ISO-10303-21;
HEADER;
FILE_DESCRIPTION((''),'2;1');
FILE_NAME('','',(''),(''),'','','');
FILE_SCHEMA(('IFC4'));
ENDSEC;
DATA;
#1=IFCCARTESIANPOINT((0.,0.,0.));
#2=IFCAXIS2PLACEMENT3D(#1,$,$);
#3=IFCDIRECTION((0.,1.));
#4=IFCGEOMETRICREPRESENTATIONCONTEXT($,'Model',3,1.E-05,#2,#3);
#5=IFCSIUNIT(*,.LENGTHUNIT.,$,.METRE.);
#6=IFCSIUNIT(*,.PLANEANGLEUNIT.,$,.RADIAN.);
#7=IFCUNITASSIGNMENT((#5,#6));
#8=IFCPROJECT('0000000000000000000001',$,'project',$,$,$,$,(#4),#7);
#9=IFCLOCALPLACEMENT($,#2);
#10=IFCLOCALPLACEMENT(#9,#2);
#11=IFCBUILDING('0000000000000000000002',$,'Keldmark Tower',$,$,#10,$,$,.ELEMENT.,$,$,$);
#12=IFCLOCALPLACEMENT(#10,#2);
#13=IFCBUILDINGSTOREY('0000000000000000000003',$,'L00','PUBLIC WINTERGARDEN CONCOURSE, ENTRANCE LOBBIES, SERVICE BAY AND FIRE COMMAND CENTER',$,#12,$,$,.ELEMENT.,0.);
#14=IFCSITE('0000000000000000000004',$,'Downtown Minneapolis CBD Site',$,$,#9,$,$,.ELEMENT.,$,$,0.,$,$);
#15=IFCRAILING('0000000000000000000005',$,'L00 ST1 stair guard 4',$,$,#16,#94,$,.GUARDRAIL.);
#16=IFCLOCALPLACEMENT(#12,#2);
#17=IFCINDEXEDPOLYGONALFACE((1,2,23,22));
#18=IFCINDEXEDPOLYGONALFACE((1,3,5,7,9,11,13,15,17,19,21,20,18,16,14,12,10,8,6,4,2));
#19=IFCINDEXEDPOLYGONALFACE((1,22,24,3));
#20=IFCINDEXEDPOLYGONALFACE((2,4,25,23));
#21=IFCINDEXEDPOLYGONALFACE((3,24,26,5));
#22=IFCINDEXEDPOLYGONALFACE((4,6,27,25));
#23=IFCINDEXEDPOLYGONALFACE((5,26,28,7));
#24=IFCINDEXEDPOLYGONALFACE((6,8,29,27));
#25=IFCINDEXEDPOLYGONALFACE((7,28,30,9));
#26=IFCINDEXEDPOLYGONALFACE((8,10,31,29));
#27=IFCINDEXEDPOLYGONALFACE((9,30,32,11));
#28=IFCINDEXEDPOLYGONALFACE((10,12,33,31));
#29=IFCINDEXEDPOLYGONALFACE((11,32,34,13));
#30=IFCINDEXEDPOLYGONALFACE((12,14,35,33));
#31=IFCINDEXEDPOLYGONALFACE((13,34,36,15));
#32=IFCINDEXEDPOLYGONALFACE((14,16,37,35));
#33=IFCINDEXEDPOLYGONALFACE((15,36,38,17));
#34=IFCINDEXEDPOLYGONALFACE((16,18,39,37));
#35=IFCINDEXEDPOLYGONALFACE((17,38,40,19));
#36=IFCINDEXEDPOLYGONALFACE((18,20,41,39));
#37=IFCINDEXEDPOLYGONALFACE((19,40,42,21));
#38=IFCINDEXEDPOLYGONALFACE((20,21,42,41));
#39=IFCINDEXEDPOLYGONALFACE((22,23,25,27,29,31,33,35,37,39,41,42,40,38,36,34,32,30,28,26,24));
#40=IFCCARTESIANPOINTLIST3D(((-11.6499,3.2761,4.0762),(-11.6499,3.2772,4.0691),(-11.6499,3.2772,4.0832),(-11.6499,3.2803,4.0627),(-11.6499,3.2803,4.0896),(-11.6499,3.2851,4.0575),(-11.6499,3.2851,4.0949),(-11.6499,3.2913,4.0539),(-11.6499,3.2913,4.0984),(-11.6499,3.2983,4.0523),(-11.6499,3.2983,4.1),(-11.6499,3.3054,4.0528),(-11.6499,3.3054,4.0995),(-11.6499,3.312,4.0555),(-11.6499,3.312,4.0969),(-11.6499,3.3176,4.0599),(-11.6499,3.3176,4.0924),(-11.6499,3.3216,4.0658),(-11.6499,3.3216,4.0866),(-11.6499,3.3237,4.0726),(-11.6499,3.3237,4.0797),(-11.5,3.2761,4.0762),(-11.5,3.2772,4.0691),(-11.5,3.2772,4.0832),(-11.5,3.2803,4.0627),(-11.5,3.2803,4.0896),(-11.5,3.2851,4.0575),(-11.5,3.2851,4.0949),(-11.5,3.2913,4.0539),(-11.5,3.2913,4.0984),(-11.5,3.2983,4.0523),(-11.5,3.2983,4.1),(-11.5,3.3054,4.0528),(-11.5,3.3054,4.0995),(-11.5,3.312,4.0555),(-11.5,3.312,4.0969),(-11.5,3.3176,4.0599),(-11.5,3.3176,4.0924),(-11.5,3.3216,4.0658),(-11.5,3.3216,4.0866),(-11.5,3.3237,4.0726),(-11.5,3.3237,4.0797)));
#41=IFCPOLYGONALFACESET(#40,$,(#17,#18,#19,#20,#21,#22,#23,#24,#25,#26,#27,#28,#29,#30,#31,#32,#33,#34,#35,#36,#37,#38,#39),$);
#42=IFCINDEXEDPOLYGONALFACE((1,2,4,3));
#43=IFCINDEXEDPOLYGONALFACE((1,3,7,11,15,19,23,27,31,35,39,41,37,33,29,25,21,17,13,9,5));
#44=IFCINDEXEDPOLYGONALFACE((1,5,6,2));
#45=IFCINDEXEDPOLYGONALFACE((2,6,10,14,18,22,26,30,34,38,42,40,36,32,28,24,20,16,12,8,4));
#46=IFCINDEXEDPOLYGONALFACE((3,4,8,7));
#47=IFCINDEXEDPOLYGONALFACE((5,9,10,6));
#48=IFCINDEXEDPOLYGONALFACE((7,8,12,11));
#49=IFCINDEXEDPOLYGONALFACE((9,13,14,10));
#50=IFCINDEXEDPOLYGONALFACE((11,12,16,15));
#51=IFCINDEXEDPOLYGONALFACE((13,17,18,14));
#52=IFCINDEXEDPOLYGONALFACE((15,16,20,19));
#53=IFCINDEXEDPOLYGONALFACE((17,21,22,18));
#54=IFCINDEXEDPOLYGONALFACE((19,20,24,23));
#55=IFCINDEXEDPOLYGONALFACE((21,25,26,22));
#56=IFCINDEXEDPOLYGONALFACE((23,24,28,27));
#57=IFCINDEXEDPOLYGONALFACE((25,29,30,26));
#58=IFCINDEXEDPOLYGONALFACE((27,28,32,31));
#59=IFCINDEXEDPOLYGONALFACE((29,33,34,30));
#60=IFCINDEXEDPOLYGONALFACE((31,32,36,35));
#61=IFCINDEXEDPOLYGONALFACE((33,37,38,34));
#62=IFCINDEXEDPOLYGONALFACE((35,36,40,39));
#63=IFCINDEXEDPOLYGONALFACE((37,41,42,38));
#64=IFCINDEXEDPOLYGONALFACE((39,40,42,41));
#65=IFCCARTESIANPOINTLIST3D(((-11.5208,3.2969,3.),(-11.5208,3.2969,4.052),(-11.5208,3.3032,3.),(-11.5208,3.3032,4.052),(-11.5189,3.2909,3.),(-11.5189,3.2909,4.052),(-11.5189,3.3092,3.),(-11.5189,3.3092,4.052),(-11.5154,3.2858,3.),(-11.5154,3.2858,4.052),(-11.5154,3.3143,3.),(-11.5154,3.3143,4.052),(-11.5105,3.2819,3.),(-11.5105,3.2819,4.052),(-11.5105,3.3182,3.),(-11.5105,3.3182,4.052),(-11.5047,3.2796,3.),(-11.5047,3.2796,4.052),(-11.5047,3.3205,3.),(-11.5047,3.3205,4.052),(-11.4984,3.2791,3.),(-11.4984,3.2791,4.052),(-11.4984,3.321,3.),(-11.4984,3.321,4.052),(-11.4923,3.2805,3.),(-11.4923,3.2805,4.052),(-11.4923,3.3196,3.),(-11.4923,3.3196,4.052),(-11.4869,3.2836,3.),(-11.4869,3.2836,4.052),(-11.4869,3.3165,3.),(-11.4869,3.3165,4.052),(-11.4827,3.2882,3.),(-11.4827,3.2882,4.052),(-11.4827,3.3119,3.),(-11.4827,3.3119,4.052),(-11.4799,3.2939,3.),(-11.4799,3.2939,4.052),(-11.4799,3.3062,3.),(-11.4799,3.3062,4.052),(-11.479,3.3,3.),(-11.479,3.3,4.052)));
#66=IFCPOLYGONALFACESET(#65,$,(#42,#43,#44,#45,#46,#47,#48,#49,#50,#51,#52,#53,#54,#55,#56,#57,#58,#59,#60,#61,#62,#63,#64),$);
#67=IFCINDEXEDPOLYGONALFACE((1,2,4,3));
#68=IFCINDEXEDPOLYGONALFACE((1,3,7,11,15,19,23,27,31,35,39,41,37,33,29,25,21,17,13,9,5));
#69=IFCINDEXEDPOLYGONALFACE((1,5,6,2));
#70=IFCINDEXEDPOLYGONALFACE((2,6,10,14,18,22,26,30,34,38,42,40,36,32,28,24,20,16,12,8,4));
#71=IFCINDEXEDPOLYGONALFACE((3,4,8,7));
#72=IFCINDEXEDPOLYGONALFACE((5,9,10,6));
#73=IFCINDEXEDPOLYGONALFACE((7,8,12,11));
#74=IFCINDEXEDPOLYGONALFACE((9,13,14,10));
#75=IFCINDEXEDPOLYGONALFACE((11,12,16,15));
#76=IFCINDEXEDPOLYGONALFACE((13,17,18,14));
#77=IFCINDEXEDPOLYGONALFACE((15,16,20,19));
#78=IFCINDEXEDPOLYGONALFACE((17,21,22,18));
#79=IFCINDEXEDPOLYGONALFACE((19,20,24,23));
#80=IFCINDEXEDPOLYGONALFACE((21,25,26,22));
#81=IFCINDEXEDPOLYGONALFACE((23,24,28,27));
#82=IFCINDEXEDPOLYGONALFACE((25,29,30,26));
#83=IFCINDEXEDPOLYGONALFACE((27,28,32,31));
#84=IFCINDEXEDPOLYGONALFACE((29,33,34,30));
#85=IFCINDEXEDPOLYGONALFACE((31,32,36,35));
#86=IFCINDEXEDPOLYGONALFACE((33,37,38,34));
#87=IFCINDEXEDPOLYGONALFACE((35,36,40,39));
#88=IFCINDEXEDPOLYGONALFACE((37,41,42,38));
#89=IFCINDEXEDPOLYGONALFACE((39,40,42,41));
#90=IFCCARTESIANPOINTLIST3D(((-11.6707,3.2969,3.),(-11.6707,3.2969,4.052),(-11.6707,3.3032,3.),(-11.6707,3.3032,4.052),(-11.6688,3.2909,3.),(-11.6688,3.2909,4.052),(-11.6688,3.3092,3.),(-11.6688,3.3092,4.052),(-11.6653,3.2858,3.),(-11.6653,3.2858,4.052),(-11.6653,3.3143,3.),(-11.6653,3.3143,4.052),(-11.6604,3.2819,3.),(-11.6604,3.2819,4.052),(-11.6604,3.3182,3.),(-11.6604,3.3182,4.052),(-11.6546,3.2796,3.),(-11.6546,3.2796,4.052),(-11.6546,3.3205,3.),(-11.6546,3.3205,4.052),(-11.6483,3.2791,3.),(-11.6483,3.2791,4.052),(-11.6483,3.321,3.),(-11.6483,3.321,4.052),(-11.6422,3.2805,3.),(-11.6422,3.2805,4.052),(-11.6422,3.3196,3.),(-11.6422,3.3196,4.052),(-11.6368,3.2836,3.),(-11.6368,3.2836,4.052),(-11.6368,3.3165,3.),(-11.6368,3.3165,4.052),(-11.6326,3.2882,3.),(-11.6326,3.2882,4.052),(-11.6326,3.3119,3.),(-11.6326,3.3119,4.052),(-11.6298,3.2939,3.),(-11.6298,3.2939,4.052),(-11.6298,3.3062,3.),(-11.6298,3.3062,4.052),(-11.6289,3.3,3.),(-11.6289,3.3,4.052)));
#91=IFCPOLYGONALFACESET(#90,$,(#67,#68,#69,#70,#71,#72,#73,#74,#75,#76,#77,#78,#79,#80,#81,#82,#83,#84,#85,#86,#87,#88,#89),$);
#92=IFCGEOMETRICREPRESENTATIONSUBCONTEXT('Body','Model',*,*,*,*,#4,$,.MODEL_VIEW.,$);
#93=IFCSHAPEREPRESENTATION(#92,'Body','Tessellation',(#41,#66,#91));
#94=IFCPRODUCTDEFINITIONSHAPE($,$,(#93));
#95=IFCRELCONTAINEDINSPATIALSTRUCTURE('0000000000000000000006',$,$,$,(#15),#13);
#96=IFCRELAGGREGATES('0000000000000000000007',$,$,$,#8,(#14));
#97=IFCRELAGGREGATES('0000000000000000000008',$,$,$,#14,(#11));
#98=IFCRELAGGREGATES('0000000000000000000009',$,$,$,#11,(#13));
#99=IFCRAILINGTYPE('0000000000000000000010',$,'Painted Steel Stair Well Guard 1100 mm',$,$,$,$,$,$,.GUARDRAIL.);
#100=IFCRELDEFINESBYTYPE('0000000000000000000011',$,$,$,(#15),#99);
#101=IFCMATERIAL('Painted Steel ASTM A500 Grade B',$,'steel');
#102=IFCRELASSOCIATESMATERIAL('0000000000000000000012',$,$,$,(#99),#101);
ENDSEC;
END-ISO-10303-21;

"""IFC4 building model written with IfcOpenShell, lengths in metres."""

from ifc_helpers import new_model, si_unit, direction, frame, origin, origin_2d, place, context, subcontext, project, spatial, circle, extrude, material, type_object, element, save


model = new_model("IFC4")

# Units and contexts
model_context = context("Model", 3, precision=1e-05, world=origin(), true_north=direction((0.0, 1.0)))
body_context = subcontext(model_context, "Body", "Model", "MODEL_VIEW")
ifc_project = project(units=[si_unit("LENGTHUNIT", "METRE"), si_unit("PLANEANGLEUNIT", "RADIAN")], contexts=[model_context])

# Site, building, storey
site_placement = place(None, origin())
site = spatial("IfcSite", under=ifc_project, at=site_placement, Name="Downtown Minneapolis CBD Site", CompositionType="ELEMENT", RefElevation=0.0)
building_placement = place(site_placement, origin())
building = spatial("IfcBuilding", under=site, at=building_placement, Name="Keldmark Tower", CompositionType="ELEMENT")
storey_placement = place(building_placement, origin())
storey = spatial("IfcBuildingStorey", under=building, at=storey_placement, Name="L00", Description="PUBLIC WINTERGARDEN CONCOURSE, ENTRANCE LOBBIES, SERVICE BAY AND FIRE COMMAND CENTER", CompositionType="ELEMENT", Elevation=0.0)

# Railing
ifc_material_1 = material(Name="Painted Steel ASTM A500 Grade B", Category="steel")
railing_type_1 = type_object("IfcRailingType", Name="Painted Steel Stair Well Guard 1100 mm", PredefinedType="GUARDRAIL", material=ifc_material_1)
railing_1_placement = place(storey_placement, frame((-11.5, 3.3, 3.0)))
element("IfcRailing", 1, at=railing_1_placement, inside=storey, type_object=railing_type_1, Name="L00 ST1 stair guard 4", PredefinedType="GUARDRAIL", context=body_context, shape_type="SweptSolid", body=[
    extrude(circle(Radius=0.0239, at=origin_2d()), frame((0.0, 0.0, 1.0762), z_axis=(-1.0, 0.0, 0.0), x_axis=(0.0, -1.0, 0.0)), (0.0, 0.0, 1.0), 0.1499),
    extrude(circle(Radius=0.021, at=origin_2d()), origin(), (0.0, 0.0, 1.0), 1.052),
    extrude(circle(Radius=0.021, at=origin_2d()), frame((-0.1499, 0.0, 0.0)), (0.0, 0.0, 1.0), 1.052),
])

save(model, "model.ifc")
